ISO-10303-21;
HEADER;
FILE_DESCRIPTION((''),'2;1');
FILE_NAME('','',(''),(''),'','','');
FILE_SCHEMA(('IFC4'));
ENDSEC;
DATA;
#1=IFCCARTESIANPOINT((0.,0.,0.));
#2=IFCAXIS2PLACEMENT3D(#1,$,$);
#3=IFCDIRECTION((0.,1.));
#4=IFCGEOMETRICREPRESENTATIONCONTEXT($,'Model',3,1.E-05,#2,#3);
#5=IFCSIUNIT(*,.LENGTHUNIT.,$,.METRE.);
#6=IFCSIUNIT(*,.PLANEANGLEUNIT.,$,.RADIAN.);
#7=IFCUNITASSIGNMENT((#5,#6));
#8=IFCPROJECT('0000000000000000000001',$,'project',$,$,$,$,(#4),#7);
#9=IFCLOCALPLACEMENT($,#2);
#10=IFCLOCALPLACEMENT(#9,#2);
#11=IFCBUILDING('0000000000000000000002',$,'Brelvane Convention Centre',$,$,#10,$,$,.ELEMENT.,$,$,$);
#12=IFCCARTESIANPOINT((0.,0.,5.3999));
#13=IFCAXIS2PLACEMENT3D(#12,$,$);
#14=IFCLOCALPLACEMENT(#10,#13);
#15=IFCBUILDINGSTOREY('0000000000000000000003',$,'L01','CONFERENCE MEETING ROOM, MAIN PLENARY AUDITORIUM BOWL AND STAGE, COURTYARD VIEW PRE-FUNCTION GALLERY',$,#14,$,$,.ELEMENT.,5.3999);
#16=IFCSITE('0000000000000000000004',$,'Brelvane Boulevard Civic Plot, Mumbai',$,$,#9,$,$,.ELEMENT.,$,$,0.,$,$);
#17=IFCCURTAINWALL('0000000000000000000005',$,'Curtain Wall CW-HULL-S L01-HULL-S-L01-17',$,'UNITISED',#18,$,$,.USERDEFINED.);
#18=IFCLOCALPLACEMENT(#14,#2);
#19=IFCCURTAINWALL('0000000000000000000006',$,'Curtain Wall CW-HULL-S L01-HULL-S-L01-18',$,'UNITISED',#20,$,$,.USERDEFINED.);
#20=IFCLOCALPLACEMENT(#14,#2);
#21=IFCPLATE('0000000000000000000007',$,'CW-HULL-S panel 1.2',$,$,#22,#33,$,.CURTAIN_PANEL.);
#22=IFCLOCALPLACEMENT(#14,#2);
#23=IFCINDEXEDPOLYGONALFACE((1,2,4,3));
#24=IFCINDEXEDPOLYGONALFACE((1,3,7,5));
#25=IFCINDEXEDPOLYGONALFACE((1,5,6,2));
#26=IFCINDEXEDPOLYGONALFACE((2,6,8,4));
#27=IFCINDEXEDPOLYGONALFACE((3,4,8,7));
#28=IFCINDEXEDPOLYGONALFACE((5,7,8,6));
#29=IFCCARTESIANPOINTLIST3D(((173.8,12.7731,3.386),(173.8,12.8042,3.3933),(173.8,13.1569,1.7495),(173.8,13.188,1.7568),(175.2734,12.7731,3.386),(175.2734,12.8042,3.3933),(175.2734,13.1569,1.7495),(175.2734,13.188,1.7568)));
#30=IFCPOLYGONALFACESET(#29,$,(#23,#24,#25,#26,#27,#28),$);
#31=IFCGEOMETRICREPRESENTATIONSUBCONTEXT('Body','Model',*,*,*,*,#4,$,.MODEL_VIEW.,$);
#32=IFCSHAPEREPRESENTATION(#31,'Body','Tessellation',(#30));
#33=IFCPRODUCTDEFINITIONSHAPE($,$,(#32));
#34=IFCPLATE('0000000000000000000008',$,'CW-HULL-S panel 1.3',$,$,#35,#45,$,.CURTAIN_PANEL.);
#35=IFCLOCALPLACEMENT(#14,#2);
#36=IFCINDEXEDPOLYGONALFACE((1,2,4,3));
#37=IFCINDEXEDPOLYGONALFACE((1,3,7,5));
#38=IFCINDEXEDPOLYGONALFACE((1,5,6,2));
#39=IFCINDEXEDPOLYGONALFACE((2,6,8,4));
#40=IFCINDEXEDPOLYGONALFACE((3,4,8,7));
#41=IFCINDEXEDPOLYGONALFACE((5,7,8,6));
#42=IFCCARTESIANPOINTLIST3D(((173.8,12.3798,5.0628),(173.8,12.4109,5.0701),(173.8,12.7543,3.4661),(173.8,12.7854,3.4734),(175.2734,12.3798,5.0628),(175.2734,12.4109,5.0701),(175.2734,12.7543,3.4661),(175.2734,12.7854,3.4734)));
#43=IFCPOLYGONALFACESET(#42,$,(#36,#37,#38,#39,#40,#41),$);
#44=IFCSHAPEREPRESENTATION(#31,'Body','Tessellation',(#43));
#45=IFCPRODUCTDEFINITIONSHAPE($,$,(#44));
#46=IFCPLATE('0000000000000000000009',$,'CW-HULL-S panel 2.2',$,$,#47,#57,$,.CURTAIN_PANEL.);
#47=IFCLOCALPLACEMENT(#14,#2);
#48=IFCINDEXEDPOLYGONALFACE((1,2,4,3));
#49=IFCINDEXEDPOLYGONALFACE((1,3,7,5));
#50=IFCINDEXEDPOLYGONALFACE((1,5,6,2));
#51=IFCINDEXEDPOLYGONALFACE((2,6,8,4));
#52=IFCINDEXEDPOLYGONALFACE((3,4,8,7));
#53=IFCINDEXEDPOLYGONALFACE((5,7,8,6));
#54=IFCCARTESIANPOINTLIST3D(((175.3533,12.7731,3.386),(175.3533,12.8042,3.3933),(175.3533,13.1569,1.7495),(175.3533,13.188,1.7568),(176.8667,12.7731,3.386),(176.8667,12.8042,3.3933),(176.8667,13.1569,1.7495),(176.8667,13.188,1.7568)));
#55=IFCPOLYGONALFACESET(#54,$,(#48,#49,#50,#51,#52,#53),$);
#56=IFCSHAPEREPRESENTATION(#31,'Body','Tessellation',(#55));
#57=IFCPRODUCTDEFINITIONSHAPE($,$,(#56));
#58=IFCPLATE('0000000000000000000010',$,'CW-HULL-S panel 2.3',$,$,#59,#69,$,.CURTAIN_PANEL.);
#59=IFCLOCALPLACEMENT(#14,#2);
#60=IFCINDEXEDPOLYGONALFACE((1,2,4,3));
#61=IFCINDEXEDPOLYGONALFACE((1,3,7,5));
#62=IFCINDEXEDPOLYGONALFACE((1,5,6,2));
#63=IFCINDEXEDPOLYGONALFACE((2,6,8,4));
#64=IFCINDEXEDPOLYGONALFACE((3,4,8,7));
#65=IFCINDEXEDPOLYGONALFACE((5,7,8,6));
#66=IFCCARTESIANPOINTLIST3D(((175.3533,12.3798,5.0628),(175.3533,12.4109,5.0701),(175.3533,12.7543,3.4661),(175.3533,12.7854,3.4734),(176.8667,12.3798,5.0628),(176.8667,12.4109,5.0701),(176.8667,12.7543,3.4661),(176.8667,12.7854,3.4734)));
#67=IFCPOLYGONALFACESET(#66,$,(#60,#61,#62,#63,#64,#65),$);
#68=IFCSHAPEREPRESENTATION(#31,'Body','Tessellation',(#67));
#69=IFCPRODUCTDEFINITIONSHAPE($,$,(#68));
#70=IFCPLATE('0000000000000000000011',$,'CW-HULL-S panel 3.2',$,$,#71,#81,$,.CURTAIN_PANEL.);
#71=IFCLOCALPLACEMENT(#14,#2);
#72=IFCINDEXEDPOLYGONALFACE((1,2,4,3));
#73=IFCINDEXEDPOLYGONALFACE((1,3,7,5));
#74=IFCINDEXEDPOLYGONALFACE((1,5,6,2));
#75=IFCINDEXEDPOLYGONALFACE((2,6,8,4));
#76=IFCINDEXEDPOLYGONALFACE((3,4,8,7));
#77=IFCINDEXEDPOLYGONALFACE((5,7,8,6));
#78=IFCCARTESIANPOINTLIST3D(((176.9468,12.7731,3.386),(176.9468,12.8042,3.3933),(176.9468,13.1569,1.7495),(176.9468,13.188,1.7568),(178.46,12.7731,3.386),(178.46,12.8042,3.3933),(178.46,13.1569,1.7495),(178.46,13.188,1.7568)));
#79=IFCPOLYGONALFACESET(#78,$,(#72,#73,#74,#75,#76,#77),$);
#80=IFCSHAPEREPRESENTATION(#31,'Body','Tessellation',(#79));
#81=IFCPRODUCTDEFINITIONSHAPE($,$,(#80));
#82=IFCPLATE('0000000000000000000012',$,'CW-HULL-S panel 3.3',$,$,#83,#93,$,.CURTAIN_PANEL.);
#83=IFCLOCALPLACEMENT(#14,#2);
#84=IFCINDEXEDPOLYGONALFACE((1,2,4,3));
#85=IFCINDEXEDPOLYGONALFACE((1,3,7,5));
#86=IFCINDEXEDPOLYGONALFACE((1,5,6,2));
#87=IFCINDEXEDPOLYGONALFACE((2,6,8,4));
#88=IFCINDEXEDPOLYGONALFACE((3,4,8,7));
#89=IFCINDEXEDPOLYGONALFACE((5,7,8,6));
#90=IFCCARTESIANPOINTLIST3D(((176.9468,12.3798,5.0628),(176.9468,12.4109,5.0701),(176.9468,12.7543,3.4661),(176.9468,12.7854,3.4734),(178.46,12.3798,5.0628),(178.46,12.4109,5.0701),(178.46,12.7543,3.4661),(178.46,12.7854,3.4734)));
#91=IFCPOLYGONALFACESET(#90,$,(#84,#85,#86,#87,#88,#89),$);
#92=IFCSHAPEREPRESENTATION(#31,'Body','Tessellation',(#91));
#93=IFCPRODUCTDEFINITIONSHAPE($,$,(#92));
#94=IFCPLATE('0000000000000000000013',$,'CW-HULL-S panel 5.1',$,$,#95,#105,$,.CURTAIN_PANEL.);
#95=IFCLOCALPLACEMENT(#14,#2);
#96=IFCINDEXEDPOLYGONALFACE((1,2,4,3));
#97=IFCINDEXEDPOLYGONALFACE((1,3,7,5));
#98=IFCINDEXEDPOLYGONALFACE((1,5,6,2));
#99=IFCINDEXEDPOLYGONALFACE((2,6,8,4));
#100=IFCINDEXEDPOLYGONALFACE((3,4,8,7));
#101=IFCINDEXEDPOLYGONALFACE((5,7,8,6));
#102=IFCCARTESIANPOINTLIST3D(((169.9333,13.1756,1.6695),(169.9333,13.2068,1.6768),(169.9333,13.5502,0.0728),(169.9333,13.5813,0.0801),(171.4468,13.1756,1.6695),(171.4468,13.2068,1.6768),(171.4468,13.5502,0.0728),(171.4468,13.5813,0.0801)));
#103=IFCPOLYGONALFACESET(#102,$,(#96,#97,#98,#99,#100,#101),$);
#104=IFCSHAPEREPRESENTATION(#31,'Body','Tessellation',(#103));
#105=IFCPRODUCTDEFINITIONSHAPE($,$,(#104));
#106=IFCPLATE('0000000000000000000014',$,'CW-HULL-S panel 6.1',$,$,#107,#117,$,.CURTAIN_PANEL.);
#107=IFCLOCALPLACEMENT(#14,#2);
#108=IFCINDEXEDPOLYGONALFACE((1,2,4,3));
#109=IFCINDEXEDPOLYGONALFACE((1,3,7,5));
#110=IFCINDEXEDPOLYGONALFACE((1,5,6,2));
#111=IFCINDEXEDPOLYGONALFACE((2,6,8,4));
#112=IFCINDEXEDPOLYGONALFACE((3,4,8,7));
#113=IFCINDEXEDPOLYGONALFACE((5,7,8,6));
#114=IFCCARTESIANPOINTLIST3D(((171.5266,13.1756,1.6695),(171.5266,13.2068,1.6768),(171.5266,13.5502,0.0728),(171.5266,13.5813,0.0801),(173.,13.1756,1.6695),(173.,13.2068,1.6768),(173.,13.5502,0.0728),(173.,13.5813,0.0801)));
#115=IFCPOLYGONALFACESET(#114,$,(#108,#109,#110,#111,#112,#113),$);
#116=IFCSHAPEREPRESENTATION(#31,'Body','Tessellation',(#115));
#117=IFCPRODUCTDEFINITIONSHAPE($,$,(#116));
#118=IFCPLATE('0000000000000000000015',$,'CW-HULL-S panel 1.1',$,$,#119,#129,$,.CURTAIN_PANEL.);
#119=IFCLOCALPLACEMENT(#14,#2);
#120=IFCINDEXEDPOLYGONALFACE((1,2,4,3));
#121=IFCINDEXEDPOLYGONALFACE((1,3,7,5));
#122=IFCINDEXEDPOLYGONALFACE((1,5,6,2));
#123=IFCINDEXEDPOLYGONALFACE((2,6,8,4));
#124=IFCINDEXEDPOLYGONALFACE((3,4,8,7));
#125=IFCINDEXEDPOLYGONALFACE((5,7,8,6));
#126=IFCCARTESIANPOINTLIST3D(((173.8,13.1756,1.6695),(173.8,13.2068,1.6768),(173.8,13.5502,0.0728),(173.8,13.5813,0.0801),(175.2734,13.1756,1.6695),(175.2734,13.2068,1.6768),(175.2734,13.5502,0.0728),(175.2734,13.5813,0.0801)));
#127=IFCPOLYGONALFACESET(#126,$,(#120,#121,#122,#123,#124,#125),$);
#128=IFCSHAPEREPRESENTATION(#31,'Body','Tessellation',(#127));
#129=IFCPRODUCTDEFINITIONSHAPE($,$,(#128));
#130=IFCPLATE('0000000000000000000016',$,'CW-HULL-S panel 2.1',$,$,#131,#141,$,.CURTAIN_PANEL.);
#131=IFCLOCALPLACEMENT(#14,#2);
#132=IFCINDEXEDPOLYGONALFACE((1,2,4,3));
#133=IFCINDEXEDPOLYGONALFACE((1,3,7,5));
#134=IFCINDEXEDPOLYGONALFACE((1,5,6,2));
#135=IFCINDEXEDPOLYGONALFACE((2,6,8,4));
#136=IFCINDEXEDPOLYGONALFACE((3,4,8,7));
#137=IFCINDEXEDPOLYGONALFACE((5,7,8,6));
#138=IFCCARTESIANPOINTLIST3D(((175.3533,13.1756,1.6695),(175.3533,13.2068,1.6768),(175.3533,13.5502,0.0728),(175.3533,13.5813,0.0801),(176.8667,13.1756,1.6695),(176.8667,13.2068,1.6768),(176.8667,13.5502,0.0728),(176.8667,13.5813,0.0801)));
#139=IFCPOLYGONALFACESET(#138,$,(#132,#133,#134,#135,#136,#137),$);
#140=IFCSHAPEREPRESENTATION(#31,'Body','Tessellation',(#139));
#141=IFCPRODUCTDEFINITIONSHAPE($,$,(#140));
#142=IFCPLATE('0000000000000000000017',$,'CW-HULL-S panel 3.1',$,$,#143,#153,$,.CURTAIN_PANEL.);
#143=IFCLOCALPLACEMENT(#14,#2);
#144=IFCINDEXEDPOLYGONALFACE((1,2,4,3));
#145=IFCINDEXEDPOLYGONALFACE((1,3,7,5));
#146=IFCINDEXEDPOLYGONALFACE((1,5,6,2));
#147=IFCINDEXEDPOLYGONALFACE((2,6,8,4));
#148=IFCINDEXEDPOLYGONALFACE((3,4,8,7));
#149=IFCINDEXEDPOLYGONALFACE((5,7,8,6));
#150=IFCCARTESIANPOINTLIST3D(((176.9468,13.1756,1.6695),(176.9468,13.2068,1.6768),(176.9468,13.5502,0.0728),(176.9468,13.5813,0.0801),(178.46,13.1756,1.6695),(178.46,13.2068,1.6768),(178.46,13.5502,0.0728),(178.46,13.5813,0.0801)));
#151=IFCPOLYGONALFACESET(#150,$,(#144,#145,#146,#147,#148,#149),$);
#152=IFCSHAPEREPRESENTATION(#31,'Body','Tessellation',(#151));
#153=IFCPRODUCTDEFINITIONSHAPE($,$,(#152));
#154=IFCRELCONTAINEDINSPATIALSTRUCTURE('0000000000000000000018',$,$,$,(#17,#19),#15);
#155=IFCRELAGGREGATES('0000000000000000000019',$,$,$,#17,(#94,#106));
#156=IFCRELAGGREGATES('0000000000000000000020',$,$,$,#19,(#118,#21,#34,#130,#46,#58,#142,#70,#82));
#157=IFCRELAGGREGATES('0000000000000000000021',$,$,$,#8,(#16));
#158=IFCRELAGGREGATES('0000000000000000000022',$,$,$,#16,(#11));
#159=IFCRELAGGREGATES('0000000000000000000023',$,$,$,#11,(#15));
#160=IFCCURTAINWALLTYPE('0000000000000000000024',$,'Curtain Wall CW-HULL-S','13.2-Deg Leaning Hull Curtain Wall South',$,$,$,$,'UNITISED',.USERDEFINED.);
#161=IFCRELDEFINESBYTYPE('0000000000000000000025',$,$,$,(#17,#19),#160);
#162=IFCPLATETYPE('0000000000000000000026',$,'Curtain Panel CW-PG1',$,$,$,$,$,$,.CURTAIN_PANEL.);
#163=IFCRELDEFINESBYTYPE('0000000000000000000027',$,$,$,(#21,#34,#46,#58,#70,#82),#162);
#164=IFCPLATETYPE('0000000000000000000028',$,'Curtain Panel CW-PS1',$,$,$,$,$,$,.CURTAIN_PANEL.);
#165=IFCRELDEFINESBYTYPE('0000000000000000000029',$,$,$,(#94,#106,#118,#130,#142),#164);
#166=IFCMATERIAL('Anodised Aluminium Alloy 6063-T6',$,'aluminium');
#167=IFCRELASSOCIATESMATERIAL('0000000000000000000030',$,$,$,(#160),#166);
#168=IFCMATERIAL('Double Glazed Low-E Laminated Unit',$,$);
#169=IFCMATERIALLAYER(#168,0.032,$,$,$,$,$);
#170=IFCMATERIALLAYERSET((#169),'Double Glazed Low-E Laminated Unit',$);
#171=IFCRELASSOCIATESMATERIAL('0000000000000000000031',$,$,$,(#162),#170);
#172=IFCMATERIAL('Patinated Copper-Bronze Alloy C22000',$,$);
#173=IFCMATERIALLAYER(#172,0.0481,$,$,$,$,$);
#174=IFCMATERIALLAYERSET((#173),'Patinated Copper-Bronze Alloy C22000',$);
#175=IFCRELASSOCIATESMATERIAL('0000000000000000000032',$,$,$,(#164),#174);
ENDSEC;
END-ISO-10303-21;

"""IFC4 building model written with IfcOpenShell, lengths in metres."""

from ifc_helpers import new_model, si_unit, direction, frame, origin, place, context, subcontext, project, spatial, polyline, outline, extrude, material, layer, layer_set, type_object, element, aggregate, save


model = new_model("IFC4")

# Units and contexts
model_context = context("Model", 3, precision=1e-05, world=origin(), true_north=direction((0.0, 1.0)))
body_context = subcontext(model_context, "Body", "Model", "MODEL_VIEW")
ifc_project = project(units=[si_unit("LENGTHUNIT", "METRE"), si_unit("PLANEANGLEUNIT", "RADIAN")], contexts=[model_context])

# Site, building, storey
site_placement = place(None, origin())
site = spatial("IfcSite", under=ifc_project, at=site_placement, Name="Brelvane Boulevard Civic Plot, Mumbai", CompositionType="ELEMENT", RefElevation=0.0)
building_placement = place(site_placement, origin())
building = spatial("IfcBuilding", under=site, at=building_placement, Name="Brelvane Convention Centre", CompositionType="ELEMENT")
storey_placement = place(building_placement, frame((0.0, 0.0, 5.3999)))
storey = spatial("IfcBuildingStorey", under=building, at=storey_placement, Name="L01", Description="CONFERENCE MEETING ROOM, MAIN PLENARY AUDITORIUM BOWL AND STAGE, COURTYARD VIEW PRE-FUNCTION GALLERY", CompositionType="ELEMENT", Elevation=5.3999)

# Curtain walls
ifc_material_1 = material(Name="Anodised Aluminium Alloy 6063-T6", Category="aluminium")
curtain_wall_type = type_object("IfcCurtainWallType", Name="Curtain Wall CW-HULL-S", Description="13.2-Deg Leaning Hull Curtain Wall South", ElementType="UNITISED", PredefinedType="USERDEFINED", material=ifc_material_1)
curtain_wall_1_placement = place(storey_placement, origin())
curtain_wall_1 = element("IfcCurtainWall", 1, at=curtain_wall_1_placement, inside=storey, type_object=curtain_wall_type, Name="Curtain Wall CW-HULL-S L01-HULL-S-L01-17", ObjectType="UNITISED", PredefinedType="USERDEFINED")
curtain_wall_2_placement = place(storey_placement, origin())
curtain_wall_2 = element("IfcCurtainWall", 2, at=curtain_wall_2_placement, inside=storey, type_object=curtain_wall_type, Name="Curtain Wall CW-HULL-S L01-HULL-S-L01-18", ObjectType="UNITISED", PredefinedType="USERDEFINED")

# Plates
ifc_material_2 = material(Name="Double Glazed Low-E Laminated Unit")
ifc_layer_1 = layer(ifc_material_2, 0.032)
ifc_layer_set_1 = layer_set([ifc_layer_1], Name="Double Glazed Low-E Laminated Unit")
plate_type_1 = type_object("IfcPlateType", Name="Curtain Panel CW-PG1", PredefinedType="CURTAIN_PANEL", material=ifc_layer_set_1)
plate_1_placement = place(storey_placement, frame((173.8, 13.188, 1.7568), z_axis=(0.0, 0.973585, 0.228327), x_axis=(1.0, 0.0, 0.0)))
plate_1 = element("IfcPlate", 3, at=plate_1_placement, type_object=plate_type_1, Name="CW-HULL-S panel 1.2", PredefinedType="CURTAIN_PANEL", context=body_context, shape_type="SweptSolid", body=[
    extrude(outline(polyline([(0.0, 0.0), (1.4734, 0.0), (1.4734, -1.6809), (0.0, -1.6809), (0.0, 0.0)])), origin(), (0.0, 0.0, -1.0), 0.032),
])
plate_2_placement = place(storey_placement, frame((173.8, 12.7854, 3.4734), z_axis=(0.0, 0.973577, 0.228359), x_axis=(1.0, 0.0, 0.0)))
plate_2 = element("IfcPlate", 4, at=plate_2_placement, type_object=plate_type_1, Name="CW-HULL-S panel 1.3", PredefinedType="CURTAIN_PANEL", context=body_context, shape_type="SweptSolid", body=[
    extrude(outline(polyline([(0.0, 0.0), (1.4734, 0.0), (1.4734, -1.64), (0.0, -1.64), (0.0, 0.0)])), origin(), (0.0, 0.0, -1.0), 0.032),
])
plate_3_placement = place(storey_placement, frame((175.3533, 13.188, 1.7568), z_axis=(0.0, 0.973585, 0.228327), x_axis=(1.0, 0.0, 0.0)))
plate_3 = element("IfcPlate", 5, at=plate_3_placement, type_object=plate_type_1, Name="CW-HULL-S panel 2.2", PredefinedType="CURTAIN_PANEL", context=body_context, shape_type="SweptSolid", body=[
    extrude(outline(polyline([(0.0, 0.0), (1.5134, 0.0), (1.5134, -1.6809), (0.0, -1.6809), (0.0, 0.0)])), origin(), (0.0, 0.0, -1.0), 0.032),
])
plate_4_placement = place(storey_placement, frame((175.3533, 12.7854, 3.4734), z_axis=(0.0, 0.973577, 0.228359), x_axis=(1.0, 0.0, 0.0)))
plate_4 = element("IfcPlate", 6, at=plate_4_placement, type_object=plate_type_1, Name="CW-HULL-S panel 2.3", PredefinedType="CURTAIN_PANEL", context=body_context, shape_type="SweptSolid", body=[
    extrude(outline(polyline([(0.0, 0.0), (1.5134, 0.0), (1.5134, -1.64), (0.0, -1.64), (0.0, 0.0)])), origin(), (0.0, 0.0, -1.0), 0.032),
])
plate_5_placement = place(storey_placement, frame((176.9468, 13.188, 1.7568), z_axis=(0.0, 0.973585, 0.228327), x_axis=(1.0, 0.0, 0.0)))
plate_5 = element("IfcPlate", 7, at=plate_5_placement, type_object=plate_type_1, Name="CW-HULL-S panel 3.2", PredefinedType="CURTAIN_PANEL", context=body_context, shape_type="SweptSolid", body=[
    extrude(outline(polyline([(0.0, 0.0), (1.5132, 0.0), (1.5132, -1.6809), (0.0, -1.6809), (0.0, 0.0)])), origin(), (0.0, 0.0, -1.0), 0.032),
])
plate_6_placement = place(storey_placement, frame((176.9468, 12.7854, 3.4734), z_axis=(0.0, 0.973577, 0.228359), x_axis=(1.0, 0.0, 0.0)))
plate_6 = element("IfcPlate", 8, at=plate_6_placement, type_object=plate_type_1, Name="CW-HULL-S panel 3.3", PredefinedType="CURTAIN_PANEL", context=body_context, shape_type="SweptSolid", body=[
    extrude(outline(polyline([(0.0, 0.0), (1.5132, 0.0), (1.5132, -1.64), (0.0, -1.64), (0.0, 0.0)])), origin(), (0.0, 0.0, -1.0), 0.032),
])
ifc_material_3 = material(Name="Patinated Copper-Bronze Alloy C22000")
ifc_layer_2 = layer(ifc_material_3, 0.0481)
ifc_layer_set_2 = layer_set([ifc_layer_2], Name="Patinated Copper-Bronze Alloy C22000")
plate_type_2 = type_object("IfcPlateType", Name="Curtain Panel CW-PS1", PredefinedType="CURTAIN_PANEL", material=ifc_layer_set_2)
plate_7_placement = place(storey_placement, frame((169.9333, 13.5813, 0.0801), z_axis=(0.0, 0.973577, 0.228359), x_axis=(1.0, 0.0, 0.0)))
plate_7 = element("IfcPlate", 9, at=plate_7_placement, type_object=plate_type_2, Name="CW-HULL-S panel 5.1", PredefinedType="CURTAIN_PANEL", context=body_context, shape_type="SweptSolid", body=[
    extrude(outline(polyline([(0.0, 0.0), (1.5134, 0.0), (1.5134, -1.64), (0.0, -1.64), (0.0, 0.0)])), origin(), (0.0, 0.0, -1.0), 0.032),
])
plate_8_placement = place(storey_placement, frame((171.5266, 13.5813, 0.0801), z_axis=(0.0, 0.973577, 0.228359), x_axis=(1.0, 0.0, 0.0)))
plate_8 = element("IfcPlate", 10, at=plate_8_placement, type_object=plate_type_2, Name="CW-HULL-S panel 6.1", PredefinedType="CURTAIN_PANEL", context=body_context, shape_type="SweptSolid", body=[
    extrude(outline(polyline([(0.0, 0.0), (1.4734, 0.0), (1.4734, -1.64), (0.0, -1.64), (0.0, 0.0)])), origin(), (0.0, 0.0, -1.0), 0.032),
])
aggregate(curtain_wall_1, [plate_7, plate_8])
plate_9_placement = place(storey_placement, frame((173.8, 13.5813, 0.0801), z_axis=(0.0, 0.973577, 0.228359), x_axis=(1.0, 0.0, 0.0)))
plate_9 = element("IfcPlate", 11, at=plate_9_placement, type_object=plate_type_2, Name="CW-HULL-S panel 1.1", PredefinedType="CURTAIN_PANEL", context=body_context, shape_type="SweptSolid", body=[
    extrude(outline(polyline([(0.0, 0.0), (1.4734, 0.0), (1.4734, -1.64), (0.0, -1.64), (0.0, 0.0)])), origin(), (0.0, 0.0, -1.0), 0.032),
])
plate_10_placement = place(storey_placement, frame((175.3533, 13.5813, 0.0801), z_axis=(0.0, 0.973577, 0.228359), x_axis=(1.0, 0.0, 0.0)))
plate_10 = element("IfcPlate", 12, at=plate_10_placement, type_object=plate_type_2, Name="CW-HULL-S panel 2.1", PredefinedType="CURTAIN_PANEL", context=body_context, shape_type="SweptSolid", body=[
    extrude(outline(polyline([(0.0, 0.0), (1.5134, 0.0), (1.5134, -1.64), (0.0, -1.64), (0.0, 0.0)])), origin(), (0.0, 0.0, -1.0), 0.032),
])
plate_11_placement = place(storey_placement, frame((176.9468, 13.5813, 0.0801), z_axis=(0.0, 0.973577, 0.228359), x_axis=(1.0, 0.0, 0.0)))
plate_11 = element("IfcPlate", 13, at=plate_11_placement, type_object=plate_type_2, Name="CW-HULL-S panel 3.1", PredefinedType="CURTAIN_PANEL", context=body_context, shape_type="SweptSolid", body=[
    extrude(outline(polyline([(0.0, 0.0), (1.5132, 0.0), (1.5132, -1.64), (0.0, -1.64), (0.0, 0.0)])), origin(), (0.0, 0.0, -1.0), 0.032),
])
aggregate(curtain_wall_2, [plate_9, plate_1, plate_2, plate_10, plate_3, plate_4, plate_11, plate_5, plate_6])

save(model, "model.ifc")
